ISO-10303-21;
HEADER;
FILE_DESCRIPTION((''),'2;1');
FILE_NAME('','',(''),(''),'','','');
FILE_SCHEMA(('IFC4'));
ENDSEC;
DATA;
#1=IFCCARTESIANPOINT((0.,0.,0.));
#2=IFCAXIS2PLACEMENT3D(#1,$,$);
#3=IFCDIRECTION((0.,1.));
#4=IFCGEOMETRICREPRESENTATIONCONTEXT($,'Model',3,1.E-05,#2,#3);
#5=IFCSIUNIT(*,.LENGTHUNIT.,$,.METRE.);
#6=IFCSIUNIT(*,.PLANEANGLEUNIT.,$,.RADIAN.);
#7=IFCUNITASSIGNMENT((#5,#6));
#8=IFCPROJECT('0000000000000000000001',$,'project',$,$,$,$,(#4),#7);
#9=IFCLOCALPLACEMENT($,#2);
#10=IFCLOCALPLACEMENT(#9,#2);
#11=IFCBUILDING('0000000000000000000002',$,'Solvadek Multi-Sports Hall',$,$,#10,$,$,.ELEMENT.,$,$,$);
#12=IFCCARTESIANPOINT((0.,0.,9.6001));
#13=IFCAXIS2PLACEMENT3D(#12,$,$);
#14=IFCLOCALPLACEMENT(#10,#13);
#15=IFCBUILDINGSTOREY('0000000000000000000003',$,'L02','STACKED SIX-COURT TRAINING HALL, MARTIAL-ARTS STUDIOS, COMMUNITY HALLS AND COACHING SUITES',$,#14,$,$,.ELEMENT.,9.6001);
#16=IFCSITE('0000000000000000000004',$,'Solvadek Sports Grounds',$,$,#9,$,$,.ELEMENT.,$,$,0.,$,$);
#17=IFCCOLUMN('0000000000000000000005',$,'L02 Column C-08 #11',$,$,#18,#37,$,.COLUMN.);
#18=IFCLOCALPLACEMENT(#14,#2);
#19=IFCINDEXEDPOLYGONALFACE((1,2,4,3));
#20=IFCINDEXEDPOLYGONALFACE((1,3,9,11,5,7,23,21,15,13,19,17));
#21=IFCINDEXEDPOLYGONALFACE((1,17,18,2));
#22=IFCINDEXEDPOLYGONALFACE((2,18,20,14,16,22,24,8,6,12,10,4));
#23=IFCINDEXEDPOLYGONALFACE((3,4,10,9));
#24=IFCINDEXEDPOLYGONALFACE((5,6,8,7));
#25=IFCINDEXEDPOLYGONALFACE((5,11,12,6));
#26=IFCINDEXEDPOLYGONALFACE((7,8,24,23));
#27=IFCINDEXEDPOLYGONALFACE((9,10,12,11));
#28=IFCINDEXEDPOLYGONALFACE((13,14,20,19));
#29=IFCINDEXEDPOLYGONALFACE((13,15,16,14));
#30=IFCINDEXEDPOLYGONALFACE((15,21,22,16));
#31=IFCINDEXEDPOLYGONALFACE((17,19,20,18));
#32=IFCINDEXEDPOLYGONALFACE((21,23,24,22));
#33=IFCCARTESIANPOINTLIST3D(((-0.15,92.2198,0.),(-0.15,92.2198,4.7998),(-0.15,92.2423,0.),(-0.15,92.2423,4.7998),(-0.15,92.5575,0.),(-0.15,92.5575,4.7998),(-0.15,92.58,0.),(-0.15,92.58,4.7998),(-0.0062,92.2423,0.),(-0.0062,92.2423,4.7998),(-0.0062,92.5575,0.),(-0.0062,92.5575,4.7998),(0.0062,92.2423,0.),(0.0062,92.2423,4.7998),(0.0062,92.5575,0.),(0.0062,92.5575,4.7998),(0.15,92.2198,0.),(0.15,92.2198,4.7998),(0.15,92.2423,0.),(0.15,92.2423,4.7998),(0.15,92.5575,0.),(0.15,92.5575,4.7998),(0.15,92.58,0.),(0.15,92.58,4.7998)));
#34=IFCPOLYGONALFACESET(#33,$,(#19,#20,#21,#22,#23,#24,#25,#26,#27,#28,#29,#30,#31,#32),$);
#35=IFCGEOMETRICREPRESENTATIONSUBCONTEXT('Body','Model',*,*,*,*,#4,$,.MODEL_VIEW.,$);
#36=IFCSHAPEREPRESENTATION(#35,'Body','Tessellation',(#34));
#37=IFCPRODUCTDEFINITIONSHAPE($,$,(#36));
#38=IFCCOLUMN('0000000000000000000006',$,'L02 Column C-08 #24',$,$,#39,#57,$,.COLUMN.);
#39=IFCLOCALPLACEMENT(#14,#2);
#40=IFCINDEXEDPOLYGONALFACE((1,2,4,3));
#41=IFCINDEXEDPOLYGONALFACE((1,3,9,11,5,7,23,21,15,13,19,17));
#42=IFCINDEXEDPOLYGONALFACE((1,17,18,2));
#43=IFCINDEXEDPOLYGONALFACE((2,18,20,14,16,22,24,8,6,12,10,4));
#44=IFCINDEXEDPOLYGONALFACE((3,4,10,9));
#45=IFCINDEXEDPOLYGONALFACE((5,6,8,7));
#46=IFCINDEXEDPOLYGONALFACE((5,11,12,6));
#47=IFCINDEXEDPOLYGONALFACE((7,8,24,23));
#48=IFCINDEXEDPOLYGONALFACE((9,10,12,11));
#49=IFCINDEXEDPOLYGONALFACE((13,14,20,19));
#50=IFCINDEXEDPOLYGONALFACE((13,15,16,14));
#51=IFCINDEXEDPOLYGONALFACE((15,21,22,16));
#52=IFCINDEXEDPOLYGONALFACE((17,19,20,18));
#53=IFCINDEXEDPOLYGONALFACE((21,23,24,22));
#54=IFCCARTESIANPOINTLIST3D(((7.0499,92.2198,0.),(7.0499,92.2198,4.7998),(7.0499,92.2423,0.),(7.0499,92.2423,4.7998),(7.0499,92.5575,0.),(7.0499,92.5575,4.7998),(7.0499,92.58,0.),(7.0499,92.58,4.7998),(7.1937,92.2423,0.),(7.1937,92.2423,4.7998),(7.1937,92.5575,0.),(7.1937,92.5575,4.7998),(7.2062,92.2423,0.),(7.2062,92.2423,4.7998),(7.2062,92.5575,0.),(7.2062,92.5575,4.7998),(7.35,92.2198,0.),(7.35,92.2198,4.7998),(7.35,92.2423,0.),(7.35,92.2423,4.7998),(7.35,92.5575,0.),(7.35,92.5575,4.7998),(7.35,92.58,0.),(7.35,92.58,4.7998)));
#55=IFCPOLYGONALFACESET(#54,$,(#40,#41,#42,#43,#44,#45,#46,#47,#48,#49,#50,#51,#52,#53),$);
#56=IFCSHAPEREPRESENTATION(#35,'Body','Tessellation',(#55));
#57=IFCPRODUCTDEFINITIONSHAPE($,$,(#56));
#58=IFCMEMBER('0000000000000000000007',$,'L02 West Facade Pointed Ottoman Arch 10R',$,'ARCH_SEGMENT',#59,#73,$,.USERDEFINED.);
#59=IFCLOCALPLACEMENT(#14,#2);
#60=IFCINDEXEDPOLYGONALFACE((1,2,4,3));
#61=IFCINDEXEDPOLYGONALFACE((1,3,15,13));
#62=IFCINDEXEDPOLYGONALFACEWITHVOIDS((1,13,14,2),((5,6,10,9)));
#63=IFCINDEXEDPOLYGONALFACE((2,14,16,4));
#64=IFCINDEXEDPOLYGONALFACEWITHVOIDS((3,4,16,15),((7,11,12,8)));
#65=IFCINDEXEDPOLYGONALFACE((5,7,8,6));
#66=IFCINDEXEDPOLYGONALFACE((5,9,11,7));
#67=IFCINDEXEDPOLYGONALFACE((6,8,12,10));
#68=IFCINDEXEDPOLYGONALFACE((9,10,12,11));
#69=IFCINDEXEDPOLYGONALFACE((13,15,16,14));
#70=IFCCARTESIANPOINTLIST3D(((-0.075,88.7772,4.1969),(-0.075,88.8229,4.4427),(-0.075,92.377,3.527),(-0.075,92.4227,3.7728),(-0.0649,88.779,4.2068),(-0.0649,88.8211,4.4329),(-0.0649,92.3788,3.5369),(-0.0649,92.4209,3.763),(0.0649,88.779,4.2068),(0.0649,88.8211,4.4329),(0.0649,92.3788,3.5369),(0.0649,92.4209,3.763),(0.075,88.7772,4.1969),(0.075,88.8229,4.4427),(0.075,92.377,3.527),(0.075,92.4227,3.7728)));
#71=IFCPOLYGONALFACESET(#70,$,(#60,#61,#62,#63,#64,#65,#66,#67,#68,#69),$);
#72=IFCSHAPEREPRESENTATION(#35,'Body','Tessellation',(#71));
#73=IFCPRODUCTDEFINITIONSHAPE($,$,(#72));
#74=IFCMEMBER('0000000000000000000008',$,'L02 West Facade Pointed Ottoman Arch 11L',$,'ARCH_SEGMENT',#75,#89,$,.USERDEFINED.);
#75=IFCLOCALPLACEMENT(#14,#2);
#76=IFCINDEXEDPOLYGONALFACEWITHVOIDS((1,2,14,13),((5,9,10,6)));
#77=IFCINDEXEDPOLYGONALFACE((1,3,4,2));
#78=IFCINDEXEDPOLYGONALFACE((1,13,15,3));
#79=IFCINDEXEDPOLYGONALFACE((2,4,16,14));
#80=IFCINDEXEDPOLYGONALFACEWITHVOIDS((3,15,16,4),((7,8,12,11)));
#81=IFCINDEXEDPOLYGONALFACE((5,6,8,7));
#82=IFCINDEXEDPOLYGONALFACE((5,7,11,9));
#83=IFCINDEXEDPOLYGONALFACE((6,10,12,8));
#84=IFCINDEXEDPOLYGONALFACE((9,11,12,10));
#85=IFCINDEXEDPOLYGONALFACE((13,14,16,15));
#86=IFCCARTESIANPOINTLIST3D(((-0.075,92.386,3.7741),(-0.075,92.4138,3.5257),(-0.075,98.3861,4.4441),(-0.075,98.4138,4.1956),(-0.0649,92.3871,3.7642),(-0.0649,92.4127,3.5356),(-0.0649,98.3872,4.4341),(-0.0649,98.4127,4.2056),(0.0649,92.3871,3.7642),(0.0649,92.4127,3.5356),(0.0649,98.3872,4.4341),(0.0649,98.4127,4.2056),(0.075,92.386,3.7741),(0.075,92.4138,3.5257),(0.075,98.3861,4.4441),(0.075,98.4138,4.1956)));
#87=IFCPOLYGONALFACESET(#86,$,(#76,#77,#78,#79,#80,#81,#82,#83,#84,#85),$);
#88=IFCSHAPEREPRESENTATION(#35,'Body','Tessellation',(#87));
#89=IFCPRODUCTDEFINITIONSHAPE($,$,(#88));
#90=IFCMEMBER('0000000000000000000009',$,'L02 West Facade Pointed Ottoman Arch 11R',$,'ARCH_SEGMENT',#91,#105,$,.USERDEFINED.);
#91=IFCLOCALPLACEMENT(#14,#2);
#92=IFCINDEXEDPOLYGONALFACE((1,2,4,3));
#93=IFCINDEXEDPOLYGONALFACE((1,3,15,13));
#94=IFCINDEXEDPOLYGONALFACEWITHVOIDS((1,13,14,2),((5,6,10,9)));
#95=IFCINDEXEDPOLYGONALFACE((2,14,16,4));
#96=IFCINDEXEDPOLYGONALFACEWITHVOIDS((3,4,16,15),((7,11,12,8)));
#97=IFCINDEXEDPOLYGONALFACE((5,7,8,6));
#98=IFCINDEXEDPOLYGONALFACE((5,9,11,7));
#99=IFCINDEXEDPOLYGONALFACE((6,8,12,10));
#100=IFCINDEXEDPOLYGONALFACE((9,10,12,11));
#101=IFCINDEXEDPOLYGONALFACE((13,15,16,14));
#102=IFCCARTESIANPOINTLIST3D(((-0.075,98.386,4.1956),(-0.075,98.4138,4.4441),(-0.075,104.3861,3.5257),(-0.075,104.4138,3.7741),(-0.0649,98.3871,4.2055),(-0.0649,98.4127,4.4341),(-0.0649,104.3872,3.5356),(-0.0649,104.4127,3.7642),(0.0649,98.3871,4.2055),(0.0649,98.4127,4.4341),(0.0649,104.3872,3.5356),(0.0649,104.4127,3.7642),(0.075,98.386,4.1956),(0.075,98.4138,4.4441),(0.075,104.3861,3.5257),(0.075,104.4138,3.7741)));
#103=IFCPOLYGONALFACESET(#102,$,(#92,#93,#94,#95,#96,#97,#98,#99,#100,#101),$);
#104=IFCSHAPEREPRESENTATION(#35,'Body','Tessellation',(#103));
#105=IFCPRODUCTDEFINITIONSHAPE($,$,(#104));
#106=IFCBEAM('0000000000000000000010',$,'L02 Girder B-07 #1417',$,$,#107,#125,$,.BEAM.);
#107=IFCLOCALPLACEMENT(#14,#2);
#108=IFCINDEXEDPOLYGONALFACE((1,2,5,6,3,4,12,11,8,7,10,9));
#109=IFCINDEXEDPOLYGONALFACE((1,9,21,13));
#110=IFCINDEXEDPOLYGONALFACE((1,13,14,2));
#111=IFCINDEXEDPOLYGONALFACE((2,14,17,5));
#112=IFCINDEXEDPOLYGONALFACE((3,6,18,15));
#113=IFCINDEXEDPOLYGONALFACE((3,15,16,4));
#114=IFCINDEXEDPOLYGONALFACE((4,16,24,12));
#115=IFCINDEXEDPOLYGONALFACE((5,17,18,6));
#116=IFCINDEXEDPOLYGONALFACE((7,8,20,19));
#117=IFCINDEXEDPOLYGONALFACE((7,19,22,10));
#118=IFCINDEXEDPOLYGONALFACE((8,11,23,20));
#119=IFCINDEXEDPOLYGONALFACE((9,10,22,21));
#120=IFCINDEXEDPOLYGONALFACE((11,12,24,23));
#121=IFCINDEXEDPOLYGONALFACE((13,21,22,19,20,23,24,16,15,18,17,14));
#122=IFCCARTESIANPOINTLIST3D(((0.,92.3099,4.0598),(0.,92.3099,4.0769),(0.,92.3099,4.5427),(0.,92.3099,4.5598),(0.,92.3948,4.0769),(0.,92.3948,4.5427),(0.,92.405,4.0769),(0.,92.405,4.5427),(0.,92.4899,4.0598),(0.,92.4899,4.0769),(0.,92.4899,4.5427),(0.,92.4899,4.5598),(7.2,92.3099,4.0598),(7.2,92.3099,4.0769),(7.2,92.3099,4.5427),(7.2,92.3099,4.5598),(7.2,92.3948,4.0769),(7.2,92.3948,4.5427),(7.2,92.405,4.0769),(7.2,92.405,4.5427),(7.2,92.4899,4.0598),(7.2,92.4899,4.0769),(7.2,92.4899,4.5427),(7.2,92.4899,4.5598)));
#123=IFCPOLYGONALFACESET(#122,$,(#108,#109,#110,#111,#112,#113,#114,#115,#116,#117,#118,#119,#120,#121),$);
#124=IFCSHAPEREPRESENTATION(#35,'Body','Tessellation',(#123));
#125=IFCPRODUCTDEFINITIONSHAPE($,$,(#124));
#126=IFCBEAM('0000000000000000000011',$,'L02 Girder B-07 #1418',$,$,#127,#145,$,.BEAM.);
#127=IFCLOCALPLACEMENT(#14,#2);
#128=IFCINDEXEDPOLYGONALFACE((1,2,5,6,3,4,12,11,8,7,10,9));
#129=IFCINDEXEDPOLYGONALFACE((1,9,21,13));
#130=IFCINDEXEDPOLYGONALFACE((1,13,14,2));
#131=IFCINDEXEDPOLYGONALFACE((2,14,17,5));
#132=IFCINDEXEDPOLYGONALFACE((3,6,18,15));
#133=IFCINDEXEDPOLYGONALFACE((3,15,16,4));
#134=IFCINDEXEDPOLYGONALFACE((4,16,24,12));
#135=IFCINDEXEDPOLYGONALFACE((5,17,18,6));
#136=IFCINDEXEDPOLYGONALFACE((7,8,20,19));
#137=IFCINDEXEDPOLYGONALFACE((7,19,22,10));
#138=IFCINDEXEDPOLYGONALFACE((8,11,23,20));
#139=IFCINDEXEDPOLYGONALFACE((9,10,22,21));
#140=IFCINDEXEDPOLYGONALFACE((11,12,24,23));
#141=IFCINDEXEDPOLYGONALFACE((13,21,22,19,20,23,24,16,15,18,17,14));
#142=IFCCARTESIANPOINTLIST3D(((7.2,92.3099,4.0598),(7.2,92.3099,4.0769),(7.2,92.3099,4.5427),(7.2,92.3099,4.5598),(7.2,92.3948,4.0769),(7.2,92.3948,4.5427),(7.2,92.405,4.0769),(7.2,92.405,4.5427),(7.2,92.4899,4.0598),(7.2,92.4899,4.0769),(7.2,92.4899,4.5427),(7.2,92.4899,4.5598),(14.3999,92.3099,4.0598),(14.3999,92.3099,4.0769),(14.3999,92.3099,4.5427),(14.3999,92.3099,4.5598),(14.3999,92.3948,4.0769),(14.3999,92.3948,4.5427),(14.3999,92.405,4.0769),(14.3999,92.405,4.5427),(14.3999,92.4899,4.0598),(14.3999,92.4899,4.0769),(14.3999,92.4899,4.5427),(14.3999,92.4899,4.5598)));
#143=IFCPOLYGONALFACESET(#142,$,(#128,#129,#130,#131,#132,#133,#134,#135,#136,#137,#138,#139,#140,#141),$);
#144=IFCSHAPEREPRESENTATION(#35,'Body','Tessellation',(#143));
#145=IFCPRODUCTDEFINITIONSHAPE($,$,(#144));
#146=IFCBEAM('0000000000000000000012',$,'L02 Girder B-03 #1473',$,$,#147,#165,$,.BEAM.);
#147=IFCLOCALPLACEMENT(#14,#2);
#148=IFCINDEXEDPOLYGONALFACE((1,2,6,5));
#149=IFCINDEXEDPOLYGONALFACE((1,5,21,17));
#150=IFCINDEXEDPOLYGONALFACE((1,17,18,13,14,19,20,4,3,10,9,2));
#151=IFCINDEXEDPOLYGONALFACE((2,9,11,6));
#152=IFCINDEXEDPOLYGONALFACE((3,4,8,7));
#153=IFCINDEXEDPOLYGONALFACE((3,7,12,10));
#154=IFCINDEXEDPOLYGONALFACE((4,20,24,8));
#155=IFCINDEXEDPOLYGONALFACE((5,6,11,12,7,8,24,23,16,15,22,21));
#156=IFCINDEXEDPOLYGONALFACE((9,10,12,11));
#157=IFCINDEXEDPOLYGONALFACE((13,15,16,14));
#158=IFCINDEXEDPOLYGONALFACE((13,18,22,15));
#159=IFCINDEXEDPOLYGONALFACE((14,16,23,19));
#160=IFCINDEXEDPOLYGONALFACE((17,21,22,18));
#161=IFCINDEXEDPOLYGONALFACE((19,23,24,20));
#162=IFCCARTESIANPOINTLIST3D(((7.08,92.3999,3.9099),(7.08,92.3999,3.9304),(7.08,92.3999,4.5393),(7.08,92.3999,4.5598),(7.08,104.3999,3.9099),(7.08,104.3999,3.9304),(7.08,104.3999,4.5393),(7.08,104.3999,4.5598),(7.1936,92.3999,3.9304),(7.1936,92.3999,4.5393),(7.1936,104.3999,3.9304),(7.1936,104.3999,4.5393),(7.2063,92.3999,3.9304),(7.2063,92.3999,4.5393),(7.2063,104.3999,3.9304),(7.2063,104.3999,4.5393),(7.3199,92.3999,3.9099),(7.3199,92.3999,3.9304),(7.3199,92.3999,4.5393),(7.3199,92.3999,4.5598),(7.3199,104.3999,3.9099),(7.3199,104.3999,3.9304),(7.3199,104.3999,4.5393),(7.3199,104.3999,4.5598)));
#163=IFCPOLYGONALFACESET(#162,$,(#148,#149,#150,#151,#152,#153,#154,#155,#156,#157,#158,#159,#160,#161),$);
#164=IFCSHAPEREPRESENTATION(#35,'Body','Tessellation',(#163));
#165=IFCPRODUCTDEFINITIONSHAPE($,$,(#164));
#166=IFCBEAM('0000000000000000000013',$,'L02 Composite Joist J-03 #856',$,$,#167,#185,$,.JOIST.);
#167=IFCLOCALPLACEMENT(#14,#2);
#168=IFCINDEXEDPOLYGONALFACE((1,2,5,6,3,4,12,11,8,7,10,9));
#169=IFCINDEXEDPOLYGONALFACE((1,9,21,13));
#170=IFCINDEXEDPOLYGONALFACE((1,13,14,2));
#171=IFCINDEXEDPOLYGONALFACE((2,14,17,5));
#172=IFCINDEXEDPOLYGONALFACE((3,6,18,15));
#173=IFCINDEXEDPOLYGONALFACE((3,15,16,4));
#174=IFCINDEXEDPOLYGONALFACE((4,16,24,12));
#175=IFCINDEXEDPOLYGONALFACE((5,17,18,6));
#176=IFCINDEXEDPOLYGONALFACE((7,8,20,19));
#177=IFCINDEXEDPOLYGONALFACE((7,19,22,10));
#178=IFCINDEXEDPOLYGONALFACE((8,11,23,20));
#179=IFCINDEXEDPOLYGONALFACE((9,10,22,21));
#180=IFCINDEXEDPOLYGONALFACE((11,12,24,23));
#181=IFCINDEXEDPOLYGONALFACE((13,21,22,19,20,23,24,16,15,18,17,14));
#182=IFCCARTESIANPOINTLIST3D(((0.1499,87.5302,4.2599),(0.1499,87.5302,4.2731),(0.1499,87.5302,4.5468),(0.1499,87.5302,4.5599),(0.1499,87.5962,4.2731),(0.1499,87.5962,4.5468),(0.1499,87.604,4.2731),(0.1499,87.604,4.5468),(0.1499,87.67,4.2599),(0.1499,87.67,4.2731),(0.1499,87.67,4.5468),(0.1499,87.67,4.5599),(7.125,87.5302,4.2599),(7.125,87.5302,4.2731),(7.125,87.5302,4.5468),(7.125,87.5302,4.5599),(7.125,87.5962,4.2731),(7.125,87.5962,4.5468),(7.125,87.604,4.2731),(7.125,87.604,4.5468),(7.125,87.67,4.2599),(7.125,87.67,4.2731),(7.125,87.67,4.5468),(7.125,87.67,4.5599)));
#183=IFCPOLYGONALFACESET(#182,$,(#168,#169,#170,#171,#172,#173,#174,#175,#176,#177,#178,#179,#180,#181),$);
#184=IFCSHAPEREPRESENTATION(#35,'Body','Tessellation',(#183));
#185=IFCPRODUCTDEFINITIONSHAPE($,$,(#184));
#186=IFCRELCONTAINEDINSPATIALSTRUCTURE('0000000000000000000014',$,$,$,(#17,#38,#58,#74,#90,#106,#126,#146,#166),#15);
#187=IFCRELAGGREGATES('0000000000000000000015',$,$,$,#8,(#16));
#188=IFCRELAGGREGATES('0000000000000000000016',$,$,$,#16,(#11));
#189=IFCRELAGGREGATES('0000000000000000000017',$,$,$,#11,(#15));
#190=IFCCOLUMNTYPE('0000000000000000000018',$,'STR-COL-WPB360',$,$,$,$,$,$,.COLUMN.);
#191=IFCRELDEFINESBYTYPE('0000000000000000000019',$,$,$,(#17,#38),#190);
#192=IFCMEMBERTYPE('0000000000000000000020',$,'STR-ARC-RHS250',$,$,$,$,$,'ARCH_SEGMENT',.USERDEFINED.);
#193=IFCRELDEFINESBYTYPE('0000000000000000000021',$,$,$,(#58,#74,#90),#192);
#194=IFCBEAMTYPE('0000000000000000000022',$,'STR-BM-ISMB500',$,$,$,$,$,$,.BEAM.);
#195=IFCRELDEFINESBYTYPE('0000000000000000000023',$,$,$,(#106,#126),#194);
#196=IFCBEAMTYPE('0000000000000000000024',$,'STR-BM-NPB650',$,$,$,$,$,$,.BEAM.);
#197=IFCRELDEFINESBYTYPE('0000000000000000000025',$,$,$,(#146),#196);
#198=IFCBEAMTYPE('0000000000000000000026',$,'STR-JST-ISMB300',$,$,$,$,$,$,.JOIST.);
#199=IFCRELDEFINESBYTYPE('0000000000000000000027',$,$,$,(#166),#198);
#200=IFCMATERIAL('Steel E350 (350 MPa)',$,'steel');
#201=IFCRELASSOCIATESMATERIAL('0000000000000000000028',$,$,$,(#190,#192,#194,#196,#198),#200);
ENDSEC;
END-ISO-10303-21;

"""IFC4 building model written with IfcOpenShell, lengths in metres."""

from ifc_helpers import new_model, si_unit, direction, frame, origin, origin_2d, place, context, subcontext, project, spatial, hollow_rectangle, i_section, extrude, material, material_profile, profile_set, type_object, element, save


model = new_model("IFC4")

# Units and contexts
model_context = context("Model", 3, precision=1e-05, world=origin(), true_north=direction((0.0, 1.0)))
body_context = subcontext(model_context, "Body", "Model", "MODEL_VIEW")
ifc_project = project(units=[si_unit("LENGTHUNIT", "METRE"), si_unit("PLANEANGLEUNIT", "RADIAN")], contexts=[model_context])

# Site, building, storey
site_placement = place(None, origin())
site = spatial("IfcSite", under=ifc_project, at=site_placement, Name="Solvadek Sports Grounds", CompositionType="ELEMENT", RefElevation=0.0)
building_placement = place(site_placement, origin())
building = spatial("IfcBuilding", under=site, at=building_placement, Name="Solvadek Multi-Sports Hall", CompositionType="ELEMENT")
storey_placement = place(building_placement, frame((0.0, 0.0, 9.6001)))
storey = spatial("IfcBuildingStorey", under=building, at=storey_placement, Name="L02", Description="STACKED SIX-COURT TRAINING HALL, MARTIAL-ARTS STUDIOS, COMMUNITY HALLS AND COACHING SUITES", CompositionType="ELEMENT", Elevation=9.6001)

# Columns
ifc_material_1 = material(Name="Steel E350 (350 MPa)", Category="steel")
ifc_material_profile_1 = material_profile(ifc_material_1, i_section(OverallWidth=0.3, OverallDepth=0.3601, WebThickness=0.0125, FlangeThickness=0.0225, at=origin_2d()), Name="WPB 360")
ifc_profile_set_1 = profile_set([ifc_material_profile_1], Name="Steel E350 (350 MPa)")
column_type = type_object("IfcColumnType", Name="STR-COL-WPB360", PredefinedType="COLUMN", material=ifc_profile_set_1)
for number, where, z_axis, x_axis, name in (
    (1, (0.0, 92.3999, 0.0), (0.0, 0.0, 1.0), (1.0, 0.0, 0.0), "L02 Column C-08 #11"),
    (2, (7.2, 92.3999, 0.0), (0.0, 0.0, 1.0), (1.0, 0.0, 0.0), "L02 Column C-08 #24"),
):
    element("IfcColumn", number, at=place(storey_placement, frame(where, z_axis=z_axis, x_axis=x_axis)), inside=storey, type_object=column_type, Name=name, PredefinedType="COLUMN", context=body_context, shape_type="SweptSolid", body=[
        extrude(i_section(OverallWidth=0.3, OverallDepth=0.3601, WebThickness=0.0125, FlangeThickness=0.0225, at=origin_2d()), origin(), (0.0, 0.0, 1.0), 4.7998),
    ])

# Members
ifc_material_profile_2 = material_profile(ifc_material_1, hollow_rectangle(XDim=0.1499, YDim=0.25, WallThickness=0.01, at=origin_2d()), Name="RHS 250x150x10")
ifc_profile_set_2 = profile_set([ifc_material_profile_2], Name="Steel E350 (350 MPa)")
member_type = type_object("IfcMemberType", Name="STR-ARC-RHS250", ElementType="ARCH_SEGMENT", PredefinedType="USERDEFINED", material=ifc_profile_set_2)
member_placement = place(storey_placement, frame((0.0, 88.8, 4.3198), z_axis=(0.0, 0.983121, -0.182956), x_axis=(-1.0, 0.0, 0.0)))
element("IfcMember", 3, at=member_placement, inside=storey, type_object=member_type, Name="L02 West Facade Pointed Ottoman Arch 10R", ObjectType="ARCH_SEGMENT", PredefinedType="USERDEFINED", context=body_context, shape_type="SweptSolid", body=[
    extrude(hollow_rectangle(XDim=0.1499, YDim=0.25, WallThickness=0.01, at=origin_2d()), origin(), (0.0, 0.0, 1.0), 3.6616),
])
for number, where, z_axis, x_axis, name in (
    (4, (0.0, 92.3999, 3.6499), (0.0, 0.993824, 0.110964), (-1.0, 0.0, 0.0), "L02 West Facade Pointed Ottoman Arch 11L"),
    (5, (0.0, 98.3999, 4.3198), (0.0, 0.993824, -0.110964), (-1.0, 0.0, 0.0), "L02 West Facade Pointed Ottoman Arch 11R"),
):
    element("IfcMember", number, at=place(storey_placement, frame(where, z_axis=z_axis, x_axis=x_axis)), inside=storey, type_object=member_type, Name=name, ObjectType="ARCH_SEGMENT", PredefinedType="USERDEFINED", context=body_context, shape_type="SweptSolid", body=[
        extrude(hollow_rectangle(XDim=0.1499, YDim=0.25, WallThickness=0.01, at=origin_2d()), origin(), (0.0, 0.0, 1.0), 6.0374),
    ])

# Beams
ifc_material_profile_3 = material_profile(ifc_material_1, i_section(OverallWidth=0.1799, OverallDepth=0.5, WebThickness=0.0103, FlangeThickness=0.0171, at=origin_2d()), Name="ISMB 500")
ifc_profile_set_3 = profile_set([ifc_material_profile_3], Name="Steel E350 (350 MPa)")
beam_type_1 = type_object("IfcBeamType", Name="STR-BM-ISMB500", PredefinedType="BEAM", material=ifc_profile_set_3)
for number, where, z_axis, x_axis, name in (
    (6, (0.0, 92.3999, 4.3098), (1.0, 0.0, 0.0), (0.0, 1.0, 0.0), "L02 Girder B-07 #1417"),
    (7, (7.2, 92.3999, 4.3098), (1.0, 0.0, 0.0), (0.0, 1.0, 0.0), "L02 Girder B-07 #1418"),
):
    element("IfcBeam", number, at=place(storey_placement, frame(where, z_axis=z_axis, x_axis=x_axis)), inside=storey, type_object=beam_type_1, Name=name, PredefinedType="BEAM", context=body_context, shape_type="SweptSolid", body=[
        extrude(i_section(OverallWidth=0.1799, OverallDepth=0.5, WebThickness=0.0103, FlangeThickness=0.0171, at=origin_2d()), origin(), (0.0, 0.0, 1.0), 7.2),
    ])
ifc_material_profile_4 = material_profile(ifc_material_1, i_section(OverallWidth=0.24, OverallDepth=0.6499, WebThickness=0.0127, FlangeThickness=0.0205, at=origin_2d()), Name="NPB 650")
ifc_profile_set_4 = profile_set([ifc_material_profile_4], Name="Steel E350 (350 MPa)")
beam_type_2 = type_object("IfcBeamType", Name="STR-BM-NPB650", PredefinedType="BEAM", material=ifc_profile_set_4)
beam_1_placement = place(storey_placement, frame((7.2, 92.3999, 4.2349), z_axis=(0.0, 1.0, 0.0), x_axis=(-1.0, 0.0, 0.0)))
element("IfcBeam", 8, at=beam_1_placement, inside=storey, type_object=beam_type_2, Name="L02 Girder B-03 #1473", PredefinedType="BEAM", context=body_context, shape_type="SweptSolid", body=[
    extrude(i_section(OverallWidth=0.24, OverallDepth=0.6499, WebThickness=0.0127, FlangeThickness=0.0205, at=origin_2d()), origin(), (0.0, 0.0, 1.0), 12.0),
])
ifc_material_profile_5 = material_profile(ifc_material_1, i_section(OverallWidth=0.1399, OverallDepth=0.3, WebThickness=0.0078, FlangeThickness=0.0132, at=origin_2d()), Name="ISMB 300")
ifc_profile_set_5 = profile_set([ifc_material_profile_5], Name="Steel E350 (350 MPa)")
beam_type_3 = type_object("IfcBeamType", Name="STR-JST-ISMB300", PredefinedType="JOIST", material=ifc_profile_set_5)
for number, where, z_axis, x_axis, name in (
    (9, (0.1499, 87.6001, 4.4099), (1.0, 0.0, 0.0), (0.0, 1.0, 0.0), "L02 Composite Joist J-03 #856"),
):
    element("IfcBeam", number, at=place(storey_placement, frame(where, z_axis=z_axis, x_axis=x_axis)), inside=storey, type_object=beam_type_3, Name=name, PredefinedType="JOIST", context=body_context, shape_type="SweptSolid", body=[
        extrude(i_section(OverallWidth=0.1399, OverallDepth=0.3, WebThickness=0.0078, FlangeThickness=0.0132, at=origin_2d()), origin(), (0.0, 0.0, 1.0), 6.9751),
    ])

save(model, "model.ifc")
